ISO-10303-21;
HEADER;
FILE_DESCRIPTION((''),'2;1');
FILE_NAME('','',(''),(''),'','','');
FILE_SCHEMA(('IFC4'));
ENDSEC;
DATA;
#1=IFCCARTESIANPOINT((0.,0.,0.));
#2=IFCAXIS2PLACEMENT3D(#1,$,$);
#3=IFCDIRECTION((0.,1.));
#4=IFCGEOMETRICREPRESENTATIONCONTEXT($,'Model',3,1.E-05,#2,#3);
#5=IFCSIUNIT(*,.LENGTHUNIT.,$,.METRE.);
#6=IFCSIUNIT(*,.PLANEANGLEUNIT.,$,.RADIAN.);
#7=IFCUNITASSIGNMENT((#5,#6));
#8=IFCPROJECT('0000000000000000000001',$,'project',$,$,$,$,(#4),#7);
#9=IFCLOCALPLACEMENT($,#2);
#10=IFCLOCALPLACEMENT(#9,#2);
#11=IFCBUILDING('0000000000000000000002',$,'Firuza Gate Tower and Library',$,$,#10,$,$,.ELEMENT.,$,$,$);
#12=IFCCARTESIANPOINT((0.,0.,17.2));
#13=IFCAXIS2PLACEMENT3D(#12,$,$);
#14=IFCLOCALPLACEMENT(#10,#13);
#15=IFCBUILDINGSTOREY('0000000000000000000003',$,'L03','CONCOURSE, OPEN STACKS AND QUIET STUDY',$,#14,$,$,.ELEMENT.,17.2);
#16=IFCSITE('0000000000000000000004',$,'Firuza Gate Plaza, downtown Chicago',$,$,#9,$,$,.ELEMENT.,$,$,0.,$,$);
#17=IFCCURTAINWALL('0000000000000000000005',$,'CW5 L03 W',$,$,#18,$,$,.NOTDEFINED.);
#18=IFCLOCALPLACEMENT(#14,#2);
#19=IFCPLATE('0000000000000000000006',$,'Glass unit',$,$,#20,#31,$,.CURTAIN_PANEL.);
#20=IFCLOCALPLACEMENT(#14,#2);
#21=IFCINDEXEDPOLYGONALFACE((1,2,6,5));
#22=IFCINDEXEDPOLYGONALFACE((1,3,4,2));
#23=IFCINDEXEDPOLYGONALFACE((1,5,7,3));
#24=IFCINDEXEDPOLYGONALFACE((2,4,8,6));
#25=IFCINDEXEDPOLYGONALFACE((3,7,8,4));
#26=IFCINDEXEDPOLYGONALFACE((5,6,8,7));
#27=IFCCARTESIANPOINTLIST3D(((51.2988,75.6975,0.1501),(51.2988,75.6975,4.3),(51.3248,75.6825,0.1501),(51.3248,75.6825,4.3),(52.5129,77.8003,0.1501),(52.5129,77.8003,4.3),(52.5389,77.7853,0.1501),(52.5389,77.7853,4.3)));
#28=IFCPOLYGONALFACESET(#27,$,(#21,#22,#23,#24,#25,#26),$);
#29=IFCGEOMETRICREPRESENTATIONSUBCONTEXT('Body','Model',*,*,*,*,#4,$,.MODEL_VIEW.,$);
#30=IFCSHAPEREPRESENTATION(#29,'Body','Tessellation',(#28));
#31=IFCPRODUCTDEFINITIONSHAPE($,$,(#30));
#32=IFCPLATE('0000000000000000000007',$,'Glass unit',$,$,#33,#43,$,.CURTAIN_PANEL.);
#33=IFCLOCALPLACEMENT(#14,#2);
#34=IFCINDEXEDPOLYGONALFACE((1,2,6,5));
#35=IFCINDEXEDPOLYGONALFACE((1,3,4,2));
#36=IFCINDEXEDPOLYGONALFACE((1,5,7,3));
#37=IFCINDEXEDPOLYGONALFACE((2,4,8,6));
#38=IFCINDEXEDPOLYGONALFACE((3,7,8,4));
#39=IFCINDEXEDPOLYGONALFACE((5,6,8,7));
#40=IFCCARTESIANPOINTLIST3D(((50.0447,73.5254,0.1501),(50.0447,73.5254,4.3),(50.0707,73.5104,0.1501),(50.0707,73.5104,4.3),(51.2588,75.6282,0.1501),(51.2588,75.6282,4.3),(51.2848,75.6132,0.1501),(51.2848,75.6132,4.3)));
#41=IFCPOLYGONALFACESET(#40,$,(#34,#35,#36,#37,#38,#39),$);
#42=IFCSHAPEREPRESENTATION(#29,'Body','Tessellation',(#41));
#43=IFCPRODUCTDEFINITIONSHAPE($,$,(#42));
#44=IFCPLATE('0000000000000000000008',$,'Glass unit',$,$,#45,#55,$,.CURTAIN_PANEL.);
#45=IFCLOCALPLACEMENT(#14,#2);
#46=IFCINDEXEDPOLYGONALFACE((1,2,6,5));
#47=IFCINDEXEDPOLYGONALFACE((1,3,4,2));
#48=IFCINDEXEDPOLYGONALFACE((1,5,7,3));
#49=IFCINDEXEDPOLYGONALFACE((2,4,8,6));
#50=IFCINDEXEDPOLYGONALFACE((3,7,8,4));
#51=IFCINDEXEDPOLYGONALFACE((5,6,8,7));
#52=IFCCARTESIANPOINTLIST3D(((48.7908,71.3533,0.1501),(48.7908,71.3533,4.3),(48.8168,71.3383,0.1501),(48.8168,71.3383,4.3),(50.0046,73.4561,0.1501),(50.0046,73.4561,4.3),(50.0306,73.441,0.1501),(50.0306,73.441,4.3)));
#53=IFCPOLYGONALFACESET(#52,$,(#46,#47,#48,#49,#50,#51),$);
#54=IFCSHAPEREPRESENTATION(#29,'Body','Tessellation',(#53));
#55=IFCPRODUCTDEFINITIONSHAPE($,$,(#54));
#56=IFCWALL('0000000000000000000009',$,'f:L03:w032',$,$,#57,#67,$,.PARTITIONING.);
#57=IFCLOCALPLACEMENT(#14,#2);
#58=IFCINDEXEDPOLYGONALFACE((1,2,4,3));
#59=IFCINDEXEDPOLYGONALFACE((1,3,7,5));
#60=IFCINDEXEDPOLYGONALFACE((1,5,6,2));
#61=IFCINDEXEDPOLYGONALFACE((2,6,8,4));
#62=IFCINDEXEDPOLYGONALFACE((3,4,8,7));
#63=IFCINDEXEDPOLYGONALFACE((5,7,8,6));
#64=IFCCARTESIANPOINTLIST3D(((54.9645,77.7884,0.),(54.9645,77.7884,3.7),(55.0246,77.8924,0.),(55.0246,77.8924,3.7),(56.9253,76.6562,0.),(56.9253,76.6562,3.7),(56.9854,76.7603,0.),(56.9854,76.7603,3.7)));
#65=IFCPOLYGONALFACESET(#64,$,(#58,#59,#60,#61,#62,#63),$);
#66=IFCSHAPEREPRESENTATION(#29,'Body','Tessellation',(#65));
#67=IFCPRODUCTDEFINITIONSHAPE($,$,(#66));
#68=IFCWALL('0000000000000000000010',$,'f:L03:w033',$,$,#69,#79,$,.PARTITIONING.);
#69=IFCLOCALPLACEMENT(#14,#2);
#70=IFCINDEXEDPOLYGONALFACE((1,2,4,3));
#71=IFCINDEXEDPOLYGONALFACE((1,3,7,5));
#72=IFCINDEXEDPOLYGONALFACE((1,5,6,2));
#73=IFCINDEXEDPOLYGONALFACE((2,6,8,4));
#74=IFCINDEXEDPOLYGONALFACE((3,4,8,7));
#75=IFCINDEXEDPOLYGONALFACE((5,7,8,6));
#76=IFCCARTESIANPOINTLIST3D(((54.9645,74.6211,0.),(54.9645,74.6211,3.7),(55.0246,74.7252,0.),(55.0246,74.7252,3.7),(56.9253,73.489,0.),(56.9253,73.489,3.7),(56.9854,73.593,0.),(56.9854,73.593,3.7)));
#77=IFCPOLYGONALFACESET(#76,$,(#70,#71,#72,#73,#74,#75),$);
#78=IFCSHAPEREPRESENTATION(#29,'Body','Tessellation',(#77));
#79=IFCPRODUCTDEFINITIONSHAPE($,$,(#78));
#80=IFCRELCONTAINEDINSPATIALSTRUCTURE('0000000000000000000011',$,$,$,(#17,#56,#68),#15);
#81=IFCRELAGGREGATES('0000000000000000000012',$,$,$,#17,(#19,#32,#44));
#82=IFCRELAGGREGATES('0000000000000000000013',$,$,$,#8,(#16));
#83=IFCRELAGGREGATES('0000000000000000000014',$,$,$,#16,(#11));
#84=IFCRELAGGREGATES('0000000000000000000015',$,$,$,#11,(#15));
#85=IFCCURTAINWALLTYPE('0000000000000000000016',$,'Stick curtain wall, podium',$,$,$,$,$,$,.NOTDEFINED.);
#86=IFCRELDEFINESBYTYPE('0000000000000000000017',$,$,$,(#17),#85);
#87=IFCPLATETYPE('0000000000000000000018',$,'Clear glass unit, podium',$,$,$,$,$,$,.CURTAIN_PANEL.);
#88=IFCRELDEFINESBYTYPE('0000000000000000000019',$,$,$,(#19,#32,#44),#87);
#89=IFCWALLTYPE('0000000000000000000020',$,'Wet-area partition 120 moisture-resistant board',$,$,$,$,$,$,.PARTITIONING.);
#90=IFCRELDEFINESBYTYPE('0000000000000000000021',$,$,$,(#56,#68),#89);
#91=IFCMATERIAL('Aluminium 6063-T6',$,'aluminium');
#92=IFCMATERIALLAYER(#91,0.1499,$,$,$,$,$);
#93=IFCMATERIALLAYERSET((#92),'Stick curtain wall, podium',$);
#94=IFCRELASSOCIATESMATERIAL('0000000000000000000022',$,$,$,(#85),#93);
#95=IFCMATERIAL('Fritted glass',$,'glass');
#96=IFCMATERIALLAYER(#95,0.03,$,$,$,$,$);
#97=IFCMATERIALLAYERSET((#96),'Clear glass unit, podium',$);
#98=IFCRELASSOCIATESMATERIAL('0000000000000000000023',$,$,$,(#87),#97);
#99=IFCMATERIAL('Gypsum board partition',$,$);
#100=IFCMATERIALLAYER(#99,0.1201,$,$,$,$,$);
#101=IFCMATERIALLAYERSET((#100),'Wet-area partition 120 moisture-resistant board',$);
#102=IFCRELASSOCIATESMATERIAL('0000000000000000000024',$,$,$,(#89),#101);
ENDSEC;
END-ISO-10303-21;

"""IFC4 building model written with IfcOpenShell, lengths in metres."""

from ifc_helpers import new_model, si_unit, direction, frame, frame_2d, origin, place, context, subcontext, project, spatial, polyline, rectangle, outline, extrude, material, layer, layer_set, type_object, element, aggregate, save


model = new_model("IFC4")

# Units and contexts
model_context = context("Model", 3, precision=1e-05, world=origin(), true_north=direction((0.0, 1.0)))
body_context = subcontext(model_context, "Body", "Model", "MODEL_VIEW")
ifc_project = project(units=[si_unit("LENGTHUNIT", "METRE"), si_unit("PLANEANGLEUNIT", "RADIAN")], contexts=[model_context])

# Site, building, storey
site_placement = place(None, origin())
site = spatial("IfcSite", under=ifc_project, at=site_placement, Name="Firuza Gate Plaza, downtown Chicago", CompositionType="ELEMENT", RefElevation=0.0)
building_placement = place(site_placement, origin())
building = spatial("IfcBuilding", under=site, at=building_placement, Name="Firuza Gate Tower and Library", CompositionType="ELEMENT")
storey_placement = place(building_placement, frame((0.0, 0.0, 17.2)))
storey = spatial("IfcBuildingStorey", under=building, at=storey_placement, Name="L03", Description="CONCOURSE, OPEN STACKS AND QUIET STUDY", CompositionType="ELEMENT", Elevation=17.2)

# Curtain wall
ifc_material_1 = material(Name="Aluminium 6063-T6", Category="aluminium")
ifc_layer_1 = layer(ifc_material_1, 0.1499)
ifc_layer_set_1 = layer_set([ifc_layer_1], Name="Stick curtain wall, podium")
curtain_wall_type = type_object("IfcCurtainWallType", Name="Stick curtain wall, podium", PredefinedType="NOTDEFINED", material=ifc_layer_set_1)
curtain_wall_placement = place(storey_placement, origin())
curtain_wall = element("IfcCurtainWall", 1, at=curtain_wall_placement, inside=storey, type_object=curtain_wall_type, Name="CW5 L03 W", PredefinedType="NOTDEFINED")

# Plates
ifc_material_2 = material(Name="Fritted glass", Category="glass")
ifc_layer_2 = layer(ifc_material_2, 0.03)
ifc_layer_set_2 = layer_set([ifc_layer_2], Name="Clear glass unit, podium")
plate_type = type_object("IfcPlateType", Name="Clear glass unit, podium", PredefinedType="CURTAIN_PANEL", material=ifc_layer_set_2)
plate_1_placement = place(storey_placement, frame((52.5129, 77.8003, 0.1501), z_axis=(-0.866013, 0.500021, 0.0), x_axis=(-0.500021, -0.866013, 0.0)))
plate_1 = element("IfcPlate", 2, at=plate_1_placement, type_object=plate_type, Name="Glass unit", PredefinedType="CURTAIN_PANEL", context=body_context, shape_type="SweptSolid", body=[
    extrude(outline(polyline([(0.0, 0.0), (2.4281, 0.0), (2.4281, 4.1499), (0.0, 4.1499), (0.0, 0.0)])), origin(), (0.0, 0.0, -1.0), 0.03),
])
plate_2_placement = place(storey_placement, frame((51.2588, 75.6282, 0.1501), z_axis=(-0.866013, 0.500021, 0.0), x_axis=(-0.500021, -0.866013, 0.0)))
plate_2 = element("IfcPlate", 3, at=plate_2_placement, type_object=plate_type, Name="Glass unit", PredefinedType="CURTAIN_PANEL", context=body_context, shape_type="SweptSolid", body=[
    extrude(outline(polyline([(0.0, 0.0), (2.4281, 0.0), (2.4281, 4.1499), (0.0, 4.1499), (0.0, 0.0)])), origin(), (0.0, 0.0, -1.0), 0.03),
])
plate_3_placement = place(storey_placement, frame((50.0046, 73.4561, 0.1501), z_axis=(-0.866057, 0.499946, 0.0), x_axis=(-0.499946, -0.866057, 0.0)))
plate_3 = element("IfcPlate", 4, at=plate_3_placement, type_object=plate_type, Name="Glass unit", PredefinedType="CURTAIN_PANEL", context=body_context, shape_type="SweptSolid", body=[
    extrude(outline(polyline([(0.0, 0.0), (2.428, 0.0), (2.428, 4.1499), (0.0, 4.1499), (0.0, 0.0)])), origin(), (0.0, 0.0, -1.0), 0.03),
])
aggregate(curtain_wall, [plate_1, plate_2, plate_3])

# Walls
ifc_material_3 = material(Name="Gypsum board partition")
ifc_layer_3 = layer(ifc_material_3, 0.1201)
ifc_layer_set_3 = layer_set([ifc_layer_3], Name="Wet-area partition 120 moisture-resistant board")
wall_type = type_object("IfcWallType", Name="Wet-area partition 120 moisture-resistant board", PredefinedType="PARTITIONING", material=ifc_layer_set_3)
for number, where, z_axis, x_axis, name in (
    (5, (56.9553, 76.7083, 0.0), (0.0, 0.0, 1.0), (-0.866011, 0.500024, 0.0), "f:L03:w032"),
    (6, (56.9553, 73.541, 0.0), (0.0, 0.0, 1.0), (-0.866011, 0.500024, 0.0), "f:L03:w033"),
):
    element("IfcWall", number, at=place(storey_placement, frame(where, z_axis=z_axis, x_axis=x_axis)), inside=storey, type_object=wall_type, Name=name, PredefinedType="PARTITIONING", context=body_context, shape_type="SweptSolid", body=[
        extrude(rectangle(XDim=2.2642, YDim=0.1201, at=frame_2d((1.1321, 0.0))), origin(), (0.0, 0.0, 1.0), 3.7),
    ])

save(model, "model.ifc")
